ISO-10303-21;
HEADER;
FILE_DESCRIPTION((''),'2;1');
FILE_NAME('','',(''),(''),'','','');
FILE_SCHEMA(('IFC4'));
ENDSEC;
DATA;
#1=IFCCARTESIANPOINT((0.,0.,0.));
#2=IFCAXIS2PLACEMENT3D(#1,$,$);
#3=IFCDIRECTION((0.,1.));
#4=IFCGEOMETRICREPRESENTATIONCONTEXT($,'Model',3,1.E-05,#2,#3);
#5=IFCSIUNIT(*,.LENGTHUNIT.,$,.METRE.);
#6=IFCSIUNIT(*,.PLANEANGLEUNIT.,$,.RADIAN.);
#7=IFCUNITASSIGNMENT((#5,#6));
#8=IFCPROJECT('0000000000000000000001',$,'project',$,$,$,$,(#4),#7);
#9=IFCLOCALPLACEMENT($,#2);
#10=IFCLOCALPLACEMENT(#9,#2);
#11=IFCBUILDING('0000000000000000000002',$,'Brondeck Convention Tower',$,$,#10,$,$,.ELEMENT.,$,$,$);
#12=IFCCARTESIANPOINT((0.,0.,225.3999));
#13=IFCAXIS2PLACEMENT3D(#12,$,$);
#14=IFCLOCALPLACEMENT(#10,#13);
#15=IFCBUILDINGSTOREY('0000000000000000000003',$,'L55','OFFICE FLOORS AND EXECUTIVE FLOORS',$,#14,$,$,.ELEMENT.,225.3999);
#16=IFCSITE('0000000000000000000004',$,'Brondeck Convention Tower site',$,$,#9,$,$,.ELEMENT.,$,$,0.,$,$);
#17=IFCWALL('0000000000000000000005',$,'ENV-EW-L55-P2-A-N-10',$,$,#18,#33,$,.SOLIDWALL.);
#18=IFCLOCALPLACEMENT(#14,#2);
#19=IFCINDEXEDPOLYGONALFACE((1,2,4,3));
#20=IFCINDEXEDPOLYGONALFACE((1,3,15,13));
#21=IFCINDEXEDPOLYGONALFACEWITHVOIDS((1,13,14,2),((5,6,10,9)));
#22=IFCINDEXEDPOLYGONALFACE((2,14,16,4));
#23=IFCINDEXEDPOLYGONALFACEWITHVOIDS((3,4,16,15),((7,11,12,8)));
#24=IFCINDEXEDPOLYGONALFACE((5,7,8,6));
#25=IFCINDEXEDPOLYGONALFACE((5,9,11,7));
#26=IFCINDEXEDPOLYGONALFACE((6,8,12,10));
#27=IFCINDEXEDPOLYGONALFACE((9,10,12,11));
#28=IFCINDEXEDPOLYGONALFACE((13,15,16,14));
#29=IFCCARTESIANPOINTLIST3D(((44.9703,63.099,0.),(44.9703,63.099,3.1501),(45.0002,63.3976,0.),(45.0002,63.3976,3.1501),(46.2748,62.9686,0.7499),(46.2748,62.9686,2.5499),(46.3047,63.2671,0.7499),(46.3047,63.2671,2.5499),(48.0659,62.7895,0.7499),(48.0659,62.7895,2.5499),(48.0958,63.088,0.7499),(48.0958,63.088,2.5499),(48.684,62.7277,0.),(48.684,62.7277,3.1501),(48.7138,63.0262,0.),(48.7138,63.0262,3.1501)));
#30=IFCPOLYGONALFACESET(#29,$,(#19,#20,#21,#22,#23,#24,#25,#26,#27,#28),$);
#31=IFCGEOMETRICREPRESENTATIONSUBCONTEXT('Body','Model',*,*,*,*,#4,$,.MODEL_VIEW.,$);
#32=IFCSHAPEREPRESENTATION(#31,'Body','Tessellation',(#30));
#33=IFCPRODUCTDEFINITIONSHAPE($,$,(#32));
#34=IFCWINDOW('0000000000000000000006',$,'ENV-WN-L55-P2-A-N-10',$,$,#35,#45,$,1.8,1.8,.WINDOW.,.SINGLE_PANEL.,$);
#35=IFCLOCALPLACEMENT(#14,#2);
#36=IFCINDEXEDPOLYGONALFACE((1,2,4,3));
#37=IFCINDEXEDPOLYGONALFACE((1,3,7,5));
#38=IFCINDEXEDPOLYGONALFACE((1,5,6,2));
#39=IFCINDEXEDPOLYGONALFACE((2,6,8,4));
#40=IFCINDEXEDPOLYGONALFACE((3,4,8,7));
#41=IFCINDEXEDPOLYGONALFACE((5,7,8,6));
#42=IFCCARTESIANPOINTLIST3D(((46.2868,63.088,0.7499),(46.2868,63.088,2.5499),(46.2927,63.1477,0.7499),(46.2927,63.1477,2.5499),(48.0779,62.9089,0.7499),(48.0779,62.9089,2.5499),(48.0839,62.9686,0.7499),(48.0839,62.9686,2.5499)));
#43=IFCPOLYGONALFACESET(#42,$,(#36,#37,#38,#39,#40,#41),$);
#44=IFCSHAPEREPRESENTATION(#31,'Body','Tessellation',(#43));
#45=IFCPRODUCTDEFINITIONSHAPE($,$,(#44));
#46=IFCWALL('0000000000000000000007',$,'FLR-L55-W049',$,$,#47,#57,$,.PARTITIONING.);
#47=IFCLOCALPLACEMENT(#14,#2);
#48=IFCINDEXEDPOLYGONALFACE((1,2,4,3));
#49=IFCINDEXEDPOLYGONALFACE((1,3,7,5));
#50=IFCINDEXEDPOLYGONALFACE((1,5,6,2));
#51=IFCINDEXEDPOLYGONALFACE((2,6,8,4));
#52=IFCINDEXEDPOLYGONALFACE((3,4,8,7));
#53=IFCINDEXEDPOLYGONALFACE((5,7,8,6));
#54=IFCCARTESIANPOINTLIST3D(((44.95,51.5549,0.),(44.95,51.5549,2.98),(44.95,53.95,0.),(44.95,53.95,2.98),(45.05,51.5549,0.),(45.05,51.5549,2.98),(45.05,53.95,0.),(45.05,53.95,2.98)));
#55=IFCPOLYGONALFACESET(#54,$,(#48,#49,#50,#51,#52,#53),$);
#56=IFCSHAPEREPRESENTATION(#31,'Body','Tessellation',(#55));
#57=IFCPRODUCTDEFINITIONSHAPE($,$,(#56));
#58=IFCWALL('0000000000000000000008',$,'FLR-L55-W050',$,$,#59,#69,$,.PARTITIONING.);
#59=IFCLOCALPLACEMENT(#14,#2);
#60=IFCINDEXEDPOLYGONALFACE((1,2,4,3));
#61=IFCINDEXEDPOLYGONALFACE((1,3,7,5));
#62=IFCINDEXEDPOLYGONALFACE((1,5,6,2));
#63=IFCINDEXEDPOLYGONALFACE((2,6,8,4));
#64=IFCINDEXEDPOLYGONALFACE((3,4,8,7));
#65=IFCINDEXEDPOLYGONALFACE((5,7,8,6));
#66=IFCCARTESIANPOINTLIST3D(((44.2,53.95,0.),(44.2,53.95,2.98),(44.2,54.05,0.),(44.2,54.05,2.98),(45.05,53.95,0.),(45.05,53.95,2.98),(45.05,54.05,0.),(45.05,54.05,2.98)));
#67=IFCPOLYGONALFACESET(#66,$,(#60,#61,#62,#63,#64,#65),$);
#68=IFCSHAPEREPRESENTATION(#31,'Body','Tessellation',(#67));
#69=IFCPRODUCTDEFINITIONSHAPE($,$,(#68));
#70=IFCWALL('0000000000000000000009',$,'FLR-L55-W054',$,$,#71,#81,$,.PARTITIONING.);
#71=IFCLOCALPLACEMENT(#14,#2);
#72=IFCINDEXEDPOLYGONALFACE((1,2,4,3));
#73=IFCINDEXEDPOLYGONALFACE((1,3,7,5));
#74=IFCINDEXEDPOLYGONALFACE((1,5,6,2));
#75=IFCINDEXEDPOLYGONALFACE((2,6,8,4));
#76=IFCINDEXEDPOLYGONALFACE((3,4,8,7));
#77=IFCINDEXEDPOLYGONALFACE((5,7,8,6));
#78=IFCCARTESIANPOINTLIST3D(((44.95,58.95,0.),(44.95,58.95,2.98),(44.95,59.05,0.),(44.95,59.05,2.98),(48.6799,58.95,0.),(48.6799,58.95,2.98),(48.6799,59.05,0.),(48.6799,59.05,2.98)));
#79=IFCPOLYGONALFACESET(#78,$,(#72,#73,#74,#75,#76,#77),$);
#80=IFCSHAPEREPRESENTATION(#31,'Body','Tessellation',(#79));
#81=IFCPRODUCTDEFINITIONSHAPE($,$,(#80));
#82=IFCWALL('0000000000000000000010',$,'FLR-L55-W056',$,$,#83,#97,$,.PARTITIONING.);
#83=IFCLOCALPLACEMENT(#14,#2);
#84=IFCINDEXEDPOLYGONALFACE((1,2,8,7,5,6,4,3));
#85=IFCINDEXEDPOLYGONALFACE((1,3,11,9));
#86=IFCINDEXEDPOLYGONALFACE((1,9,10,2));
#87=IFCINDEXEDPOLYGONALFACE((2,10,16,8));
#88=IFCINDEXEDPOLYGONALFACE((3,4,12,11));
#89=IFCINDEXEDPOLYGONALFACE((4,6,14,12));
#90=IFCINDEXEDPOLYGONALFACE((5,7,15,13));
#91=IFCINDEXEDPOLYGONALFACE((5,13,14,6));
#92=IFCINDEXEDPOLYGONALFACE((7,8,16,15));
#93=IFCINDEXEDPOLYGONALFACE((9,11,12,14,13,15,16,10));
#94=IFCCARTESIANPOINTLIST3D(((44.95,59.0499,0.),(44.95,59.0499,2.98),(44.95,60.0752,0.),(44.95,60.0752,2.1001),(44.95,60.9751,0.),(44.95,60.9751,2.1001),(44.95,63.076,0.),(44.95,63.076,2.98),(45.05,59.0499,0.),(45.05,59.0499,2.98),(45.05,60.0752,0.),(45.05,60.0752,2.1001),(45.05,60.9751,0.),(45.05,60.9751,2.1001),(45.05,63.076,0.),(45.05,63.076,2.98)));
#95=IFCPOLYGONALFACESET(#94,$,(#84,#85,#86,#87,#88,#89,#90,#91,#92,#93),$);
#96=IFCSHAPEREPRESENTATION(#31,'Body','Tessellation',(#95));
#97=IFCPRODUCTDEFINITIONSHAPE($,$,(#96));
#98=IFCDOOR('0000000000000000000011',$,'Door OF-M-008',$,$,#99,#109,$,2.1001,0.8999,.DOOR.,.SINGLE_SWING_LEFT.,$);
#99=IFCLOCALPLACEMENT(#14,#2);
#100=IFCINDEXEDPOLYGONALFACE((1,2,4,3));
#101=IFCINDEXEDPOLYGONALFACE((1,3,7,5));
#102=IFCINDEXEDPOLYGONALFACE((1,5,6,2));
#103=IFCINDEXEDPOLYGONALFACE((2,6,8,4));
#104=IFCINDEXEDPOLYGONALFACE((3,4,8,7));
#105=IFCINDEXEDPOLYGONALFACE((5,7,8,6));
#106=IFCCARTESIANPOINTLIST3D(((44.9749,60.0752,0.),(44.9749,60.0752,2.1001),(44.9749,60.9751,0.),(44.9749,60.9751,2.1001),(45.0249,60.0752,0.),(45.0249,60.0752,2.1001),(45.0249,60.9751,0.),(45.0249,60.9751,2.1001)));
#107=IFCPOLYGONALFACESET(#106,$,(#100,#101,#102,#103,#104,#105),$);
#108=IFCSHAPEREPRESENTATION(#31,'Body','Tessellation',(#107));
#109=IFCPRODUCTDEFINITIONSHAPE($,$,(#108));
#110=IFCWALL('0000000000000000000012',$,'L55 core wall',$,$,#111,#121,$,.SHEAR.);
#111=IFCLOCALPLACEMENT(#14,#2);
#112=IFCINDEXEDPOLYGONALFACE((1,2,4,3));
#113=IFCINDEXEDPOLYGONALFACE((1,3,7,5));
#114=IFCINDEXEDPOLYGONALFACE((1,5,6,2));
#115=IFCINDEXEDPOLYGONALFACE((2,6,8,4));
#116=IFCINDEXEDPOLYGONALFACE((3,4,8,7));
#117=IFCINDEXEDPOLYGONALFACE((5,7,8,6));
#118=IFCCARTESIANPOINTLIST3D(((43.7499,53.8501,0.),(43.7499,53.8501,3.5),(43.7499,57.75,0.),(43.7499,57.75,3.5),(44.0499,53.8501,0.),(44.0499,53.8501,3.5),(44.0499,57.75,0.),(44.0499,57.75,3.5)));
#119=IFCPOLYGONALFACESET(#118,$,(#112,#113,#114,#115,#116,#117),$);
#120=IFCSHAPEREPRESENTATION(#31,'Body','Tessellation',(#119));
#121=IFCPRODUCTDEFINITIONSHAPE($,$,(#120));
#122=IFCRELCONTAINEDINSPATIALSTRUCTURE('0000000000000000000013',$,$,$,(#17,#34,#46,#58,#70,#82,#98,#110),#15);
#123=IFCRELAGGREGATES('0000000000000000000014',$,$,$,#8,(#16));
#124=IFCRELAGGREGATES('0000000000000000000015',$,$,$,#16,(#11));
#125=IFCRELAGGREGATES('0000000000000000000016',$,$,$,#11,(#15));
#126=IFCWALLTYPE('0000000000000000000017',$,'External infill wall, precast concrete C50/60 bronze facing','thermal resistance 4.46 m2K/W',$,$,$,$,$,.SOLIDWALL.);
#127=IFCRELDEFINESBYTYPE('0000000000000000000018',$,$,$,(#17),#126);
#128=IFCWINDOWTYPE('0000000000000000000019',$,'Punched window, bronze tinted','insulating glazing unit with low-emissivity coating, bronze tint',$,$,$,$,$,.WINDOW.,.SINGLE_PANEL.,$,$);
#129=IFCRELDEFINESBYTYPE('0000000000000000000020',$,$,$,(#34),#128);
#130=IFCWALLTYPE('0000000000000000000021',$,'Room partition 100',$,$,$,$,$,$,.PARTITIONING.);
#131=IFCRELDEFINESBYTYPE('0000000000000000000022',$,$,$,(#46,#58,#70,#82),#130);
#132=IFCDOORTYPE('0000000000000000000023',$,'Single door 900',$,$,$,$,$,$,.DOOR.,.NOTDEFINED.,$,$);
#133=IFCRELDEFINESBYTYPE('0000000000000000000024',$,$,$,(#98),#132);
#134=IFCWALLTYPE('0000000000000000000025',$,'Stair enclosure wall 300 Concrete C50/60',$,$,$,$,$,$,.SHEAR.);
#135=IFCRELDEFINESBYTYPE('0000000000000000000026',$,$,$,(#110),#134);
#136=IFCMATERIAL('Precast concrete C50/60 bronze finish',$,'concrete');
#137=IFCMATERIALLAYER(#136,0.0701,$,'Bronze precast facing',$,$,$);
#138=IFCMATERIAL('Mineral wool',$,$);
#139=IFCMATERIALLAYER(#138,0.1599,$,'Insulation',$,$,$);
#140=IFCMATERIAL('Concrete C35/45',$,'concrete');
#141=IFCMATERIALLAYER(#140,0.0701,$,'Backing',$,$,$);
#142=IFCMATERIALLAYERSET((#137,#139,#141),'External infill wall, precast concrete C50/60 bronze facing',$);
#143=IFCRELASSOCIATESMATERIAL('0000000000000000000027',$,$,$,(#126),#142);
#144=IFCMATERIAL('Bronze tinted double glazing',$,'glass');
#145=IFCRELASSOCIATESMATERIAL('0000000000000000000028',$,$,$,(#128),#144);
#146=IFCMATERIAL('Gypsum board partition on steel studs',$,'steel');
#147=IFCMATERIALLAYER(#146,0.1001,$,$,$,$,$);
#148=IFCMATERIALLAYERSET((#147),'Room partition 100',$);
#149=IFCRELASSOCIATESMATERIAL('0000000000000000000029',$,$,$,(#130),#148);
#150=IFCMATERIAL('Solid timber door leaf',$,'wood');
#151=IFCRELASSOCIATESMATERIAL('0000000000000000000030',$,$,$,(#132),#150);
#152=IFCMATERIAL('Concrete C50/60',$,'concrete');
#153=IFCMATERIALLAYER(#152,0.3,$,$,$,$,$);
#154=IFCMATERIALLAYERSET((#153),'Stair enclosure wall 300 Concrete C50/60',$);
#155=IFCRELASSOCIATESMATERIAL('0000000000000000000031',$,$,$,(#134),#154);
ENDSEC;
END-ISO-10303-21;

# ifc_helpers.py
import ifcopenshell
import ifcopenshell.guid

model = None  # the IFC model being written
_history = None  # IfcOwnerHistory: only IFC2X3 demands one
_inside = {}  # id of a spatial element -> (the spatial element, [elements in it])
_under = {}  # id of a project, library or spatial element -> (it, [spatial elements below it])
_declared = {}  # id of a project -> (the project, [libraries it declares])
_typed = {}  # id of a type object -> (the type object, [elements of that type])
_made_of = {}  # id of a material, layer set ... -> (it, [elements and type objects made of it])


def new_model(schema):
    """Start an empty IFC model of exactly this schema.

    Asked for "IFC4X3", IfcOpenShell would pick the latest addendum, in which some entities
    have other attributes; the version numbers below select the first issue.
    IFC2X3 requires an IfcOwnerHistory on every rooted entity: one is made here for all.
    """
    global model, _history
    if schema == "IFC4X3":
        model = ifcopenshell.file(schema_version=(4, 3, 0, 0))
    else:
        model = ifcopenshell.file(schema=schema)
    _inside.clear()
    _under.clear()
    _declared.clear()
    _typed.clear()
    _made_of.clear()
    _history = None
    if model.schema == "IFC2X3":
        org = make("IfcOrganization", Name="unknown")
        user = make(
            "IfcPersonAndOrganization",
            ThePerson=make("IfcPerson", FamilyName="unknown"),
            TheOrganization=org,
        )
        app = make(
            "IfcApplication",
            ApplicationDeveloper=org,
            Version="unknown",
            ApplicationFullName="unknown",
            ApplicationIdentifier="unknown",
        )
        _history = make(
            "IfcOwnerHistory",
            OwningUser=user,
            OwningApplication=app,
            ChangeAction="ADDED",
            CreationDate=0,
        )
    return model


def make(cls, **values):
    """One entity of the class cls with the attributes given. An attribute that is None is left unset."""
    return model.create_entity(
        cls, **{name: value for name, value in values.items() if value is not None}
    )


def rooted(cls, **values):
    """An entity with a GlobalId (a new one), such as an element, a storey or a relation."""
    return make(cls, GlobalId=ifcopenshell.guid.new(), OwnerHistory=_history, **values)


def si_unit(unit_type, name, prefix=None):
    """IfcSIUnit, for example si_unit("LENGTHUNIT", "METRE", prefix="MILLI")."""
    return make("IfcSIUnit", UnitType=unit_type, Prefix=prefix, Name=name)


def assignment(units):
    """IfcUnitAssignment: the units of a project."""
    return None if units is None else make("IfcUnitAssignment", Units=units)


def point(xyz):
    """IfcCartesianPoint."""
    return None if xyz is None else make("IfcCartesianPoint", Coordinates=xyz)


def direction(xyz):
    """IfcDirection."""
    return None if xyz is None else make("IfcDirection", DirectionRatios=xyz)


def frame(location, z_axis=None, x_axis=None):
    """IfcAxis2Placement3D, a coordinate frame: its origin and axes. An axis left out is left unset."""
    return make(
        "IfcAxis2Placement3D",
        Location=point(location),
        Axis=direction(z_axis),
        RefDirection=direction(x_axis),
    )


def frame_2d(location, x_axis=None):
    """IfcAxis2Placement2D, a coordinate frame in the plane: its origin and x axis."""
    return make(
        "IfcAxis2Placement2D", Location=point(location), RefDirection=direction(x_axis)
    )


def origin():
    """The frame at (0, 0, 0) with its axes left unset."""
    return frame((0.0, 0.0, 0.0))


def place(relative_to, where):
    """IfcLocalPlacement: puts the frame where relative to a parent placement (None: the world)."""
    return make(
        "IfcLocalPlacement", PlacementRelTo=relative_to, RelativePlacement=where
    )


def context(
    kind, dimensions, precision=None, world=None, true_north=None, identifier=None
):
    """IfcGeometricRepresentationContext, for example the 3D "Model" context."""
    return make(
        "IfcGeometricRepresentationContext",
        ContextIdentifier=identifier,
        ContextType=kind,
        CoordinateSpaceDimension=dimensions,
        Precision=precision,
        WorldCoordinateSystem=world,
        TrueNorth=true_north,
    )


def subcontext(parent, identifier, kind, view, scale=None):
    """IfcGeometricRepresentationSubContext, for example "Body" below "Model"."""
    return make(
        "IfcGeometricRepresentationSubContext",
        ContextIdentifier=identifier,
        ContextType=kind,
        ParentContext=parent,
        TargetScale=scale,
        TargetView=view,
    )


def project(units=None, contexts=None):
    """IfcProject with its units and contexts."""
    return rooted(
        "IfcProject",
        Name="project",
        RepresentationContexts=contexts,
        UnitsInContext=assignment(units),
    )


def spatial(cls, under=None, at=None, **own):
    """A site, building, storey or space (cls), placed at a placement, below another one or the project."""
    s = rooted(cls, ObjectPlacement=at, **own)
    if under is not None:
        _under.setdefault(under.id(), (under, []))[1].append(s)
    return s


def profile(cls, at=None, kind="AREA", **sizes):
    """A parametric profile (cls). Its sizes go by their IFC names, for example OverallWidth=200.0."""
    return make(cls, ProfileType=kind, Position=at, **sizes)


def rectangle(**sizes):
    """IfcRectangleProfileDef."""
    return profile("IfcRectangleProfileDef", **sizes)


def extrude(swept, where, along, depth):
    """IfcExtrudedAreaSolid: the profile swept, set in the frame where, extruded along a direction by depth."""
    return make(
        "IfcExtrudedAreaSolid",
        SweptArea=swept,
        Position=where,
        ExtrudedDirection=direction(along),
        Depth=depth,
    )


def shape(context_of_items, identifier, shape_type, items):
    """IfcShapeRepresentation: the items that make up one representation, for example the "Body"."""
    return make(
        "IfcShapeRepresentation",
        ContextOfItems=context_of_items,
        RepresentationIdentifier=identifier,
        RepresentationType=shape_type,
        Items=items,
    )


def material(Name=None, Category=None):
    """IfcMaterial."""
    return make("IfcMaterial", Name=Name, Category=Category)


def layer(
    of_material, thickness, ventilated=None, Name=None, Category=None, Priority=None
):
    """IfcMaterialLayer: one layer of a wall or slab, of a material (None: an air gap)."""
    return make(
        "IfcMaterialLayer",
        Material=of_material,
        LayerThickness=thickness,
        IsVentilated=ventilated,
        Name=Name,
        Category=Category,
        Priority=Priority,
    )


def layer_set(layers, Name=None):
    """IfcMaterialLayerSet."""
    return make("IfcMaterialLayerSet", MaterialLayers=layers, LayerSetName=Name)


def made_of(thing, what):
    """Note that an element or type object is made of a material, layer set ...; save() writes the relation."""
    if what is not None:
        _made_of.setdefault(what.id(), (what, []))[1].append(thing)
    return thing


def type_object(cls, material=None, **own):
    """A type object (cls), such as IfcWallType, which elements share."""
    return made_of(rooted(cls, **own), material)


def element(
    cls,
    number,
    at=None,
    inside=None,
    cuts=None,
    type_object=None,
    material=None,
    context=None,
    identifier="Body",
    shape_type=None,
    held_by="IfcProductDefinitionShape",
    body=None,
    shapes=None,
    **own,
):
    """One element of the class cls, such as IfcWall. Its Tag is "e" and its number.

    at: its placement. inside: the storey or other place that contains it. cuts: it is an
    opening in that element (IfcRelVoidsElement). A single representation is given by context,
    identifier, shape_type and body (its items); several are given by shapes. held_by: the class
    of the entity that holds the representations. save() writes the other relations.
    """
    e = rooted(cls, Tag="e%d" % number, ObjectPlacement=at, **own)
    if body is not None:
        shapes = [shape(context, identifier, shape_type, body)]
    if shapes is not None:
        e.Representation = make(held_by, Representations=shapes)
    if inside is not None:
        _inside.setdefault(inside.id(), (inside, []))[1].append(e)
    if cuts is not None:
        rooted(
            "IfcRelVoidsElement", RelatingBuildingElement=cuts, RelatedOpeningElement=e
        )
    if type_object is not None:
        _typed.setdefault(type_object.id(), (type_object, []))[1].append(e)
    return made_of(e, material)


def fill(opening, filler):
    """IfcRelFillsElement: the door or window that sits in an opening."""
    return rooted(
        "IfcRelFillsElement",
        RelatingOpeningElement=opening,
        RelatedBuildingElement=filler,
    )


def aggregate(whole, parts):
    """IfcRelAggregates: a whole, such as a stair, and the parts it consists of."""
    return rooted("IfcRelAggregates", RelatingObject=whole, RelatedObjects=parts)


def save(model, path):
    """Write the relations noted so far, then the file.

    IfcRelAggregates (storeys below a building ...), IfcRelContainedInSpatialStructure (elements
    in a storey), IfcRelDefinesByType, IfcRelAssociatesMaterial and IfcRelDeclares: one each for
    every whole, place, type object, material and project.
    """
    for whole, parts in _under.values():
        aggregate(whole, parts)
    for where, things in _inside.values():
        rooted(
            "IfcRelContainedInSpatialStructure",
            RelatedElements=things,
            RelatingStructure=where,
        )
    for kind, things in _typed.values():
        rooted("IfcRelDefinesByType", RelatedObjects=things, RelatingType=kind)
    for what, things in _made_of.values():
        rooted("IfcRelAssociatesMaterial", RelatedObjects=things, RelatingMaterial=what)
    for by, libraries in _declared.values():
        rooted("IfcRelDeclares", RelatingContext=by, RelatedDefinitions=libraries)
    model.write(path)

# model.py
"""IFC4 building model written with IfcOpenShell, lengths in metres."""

from ifc_helpers import new_model, si_unit, direction, frame, frame_2d, origin, place, context, subcontext, project, spatial, rectangle, extrude, material, layer, layer_set, type_object, element, fill, save


model = new_model("IFC4")

# Units and contexts
model_context = context("Model", 3, precision=1e-05, world=origin(), true_north=direction((0.0, 1.0)))
body_context = subcontext(model_context, "Body", "Model", "MODEL_VIEW")
ifc_project = project(units=[si_unit("LENGTHUNIT", "METRE"), si_unit("PLANEANGLEUNIT", "RADIAN")], contexts=[model_context])

# Site, building, storey
site_placement = place(None, origin())
site = spatial("IfcSite", under=ifc_project, at=site_placement, Name="Brondeck Convention Tower site", CompositionType="ELEMENT", RefElevation=0.0)
building_placement = place(site_placement, origin())
building = spatial("IfcBuilding", under=site, at=building_placement, Name="Brondeck Convention Tower", CompositionType="ELEMENT")
storey_placement = place(building_placement, frame((0.0, 0.0, 225.3999)))
storey = spatial("IfcBuildingStorey", under=building, at=storey_placement, Name="L55", Description="OFFICE FLOORS AND EXECUTIVE FLOORS", CompositionType="ELEMENT", Elevation=225.3999)

# Shared definitions
ifc_material_1 = material(Name="Concrete C50/60", Category="concrete")

# Shared definitions
ifc_material_2 = material(Name="Precast concrete C50/60 bronze finish", Category="concrete")
ifc_layer_1 = layer(ifc_material_2, 0.0701, Name="Bronze precast facing")
ifc_material_3 = material(Name="Mineral wool")
ifc_layer_2 = layer(ifc_material_3, 0.1599, Name="Insulation")
ifc_material_4 = material(Name="Concrete C35/45", Category="concrete")
ifc_layer_3 = layer(ifc_material_4, 0.0701, Name="Backing")
ifc_layer_set_1 = layer_set([ifc_layer_1, ifc_layer_2, ifc_layer_3], Name="External infill wall, precast concrete C50/60 bronze facing")
wall_type_1 = type_object("IfcWallType", Name="External infill wall, precast concrete C50/60 bronze facing", Description="thermal resistance 4.46 m2K/W", PredefinedType="SOLIDWALL", material=ifc_layer_set_1)
ifc_material_5 = material(Name="Bronze tinted double glazing", Category="glass")
window_type_1 = type_object("IfcWindowType", Name="Punched window, bronze tinted", Description="insulating glazing unit with low-emissivity coating, bronze tint", PartitioningType="SINGLE_PANEL", PredefinedType="WINDOW", material=ifc_material_5)

# Wall, opening, window
wall_1_placement = place(storey_placement, frame((44.9851, 63.2483, 0.0), z_axis=(0.0, 0.0, 1.0), x_axis=(0.995038, -0.099497, 0.0)))
wall_1 = element("IfcWall", 1, at=wall_1_placement, inside=storey, type_object=wall_type_1, Name="ENV-EW-L55-P2-A-N-10", PredefinedType="SOLIDWALL", context=body_context, shape_type="SweptSolid", body=[
    extrude(rectangle(XDim=3.7322, YDim=0.3, at=frame_2d((1.8662, 0.0))), origin(), (0.0, 0.0, 1.0), 3.1501),
])
opening_1_placement = place(wall_1_placement, frame((1.3113, 0.0, 0.75)))
opening_1 = element("IfcOpeningElement", 2, at=opening_1_placement, cuts=wall_1, PredefinedType="OPENING", context=body_context, shape_type="SweptSolid", body=[
    extrude(rectangle(XDim=1.8, YDim=1.8, at=frame_2d((0.8999, 0.8999))), frame((0.0, 0.1599, 0.0), z_axis=(0.0, -1.0, 0.0), x_axis=(1.0, 0.0, 0.0)), (0.0, 0.0, 1.0), 0.3201),
])
window_1_placement = place(opening_1_placement, origin())
window_1 = element("IfcWindow", 3, at=window_1_placement, inside=storey, type_object=window_type_1, Name="ENV-WN-L55-P2-A-N-10", OverallHeight=1.8, OverallWidth=1.8, PartitioningType="SINGLE_PANEL", PredefinedType="WINDOW", context=body_context, shape_type="SweptSolid", body=[
    extrude(rectangle(XDim=1.8, YDim=1.8, at=frame_2d((0.8999, 0.8999))), frame((0.0, 0.03, 0.0), z_axis=(0.0, -1.0, 0.0), x_axis=(1.0, 0.0, 0.0)), (0.0, 0.0, 1.0), 0.0601),
])
fill(opening_1, window_1)

# Walls
ifc_material_6 = material(Name="Gypsum board partition on steel studs", Category="steel")
ifc_layer_4 = layer(ifc_material_6, 0.1001)
ifc_layer_set_2 = layer_set([ifc_layer_4], Name="Room partition 100")
wall_type_2 = type_object("IfcWallType", Name="Room partition 100", PredefinedType="PARTITIONING", material=ifc_layer_set_2)
wall_2_placement = place(storey_placement, frame((45.0, 53.95, 0.0), z_axis=(0.0, 0.0, 1.0), x_axis=(0.0, -1.0, 0.0)))
element("IfcWall", 4, at=wall_2_placement, inside=storey, type_object=wall_type_2, Name="FLR-L55-W049", PredefinedType="PARTITIONING", context=body_context, shape_type="SweptSolid", body=[
    extrude(rectangle(XDim=2.395, YDim=0.1001, at=frame_2d((1.1975, 0.0))), origin(), (0.0, 0.0, 1.0), 2.98),
])
wall_3_placement = place(storey_placement, frame((44.2, 54.0, 0.0), z_axis=(0.0, 0.0, 1.0), x_axis=(1.0, 0.0, 0.0)))
element("IfcWall", 5, at=wall_3_placement, inside=storey, type_object=wall_type_2, Name="FLR-L55-W050", PredefinedType="PARTITIONING", context=body_context, shape_type="SweptSolid", body=[
    extrude(rectangle(XDim=0.8501, YDim=0.1001, at=frame_2d((0.425, 0.0))), origin(), (0.0, 0.0, 1.0), 2.98),
])
wall_4_placement = place(storey_placement, frame((44.95, 59.0, 0.0), z_axis=(0.0, 0.0, 1.0), x_axis=(1.0, 0.0, 0.0)))
element("IfcWall", 6, at=wall_4_placement, inside=storey, type_object=wall_type_2, Name="FLR-L55-W054", PredefinedType="PARTITIONING", context=body_context, shape_type="SweptSolid", body=[
    extrude(rectangle(XDim=3.73, YDim=0.1001, at=frame_2d((1.865, 0.0))), origin(), (0.0, 0.0, 1.0), 2.98),
])

# Wall, opening, door
wall_5_placement = place(storey_placement, frame((45.0, 63.0762, 0.0), z_axis=(0.0, 0.0, 1.0), x_axis=(0.0, -1.0, 0.0)))
wall_5 = element("IfcWall", 7, at=wall_5_placement, inside=storey, type_object=wall_type_2, Name="FLR-L55-W056", PredefinedType="PARTITIONING", context=body_context, shape_type="SweptSolid", body=[
    extrude(rectangle(XDim=4.0261, YDim=0.1001, at=frame_2d((2.0132, 0.0))), origin(), (0.0, 0.0, 1.0), 2.98),
])
opening_2_placement = place(wall_5_placement, frame((2.1011, 0.0, 0.0)))
opening_2 = element("IfcOpeningElement", 8, at=opening_2_placement, cuts=wall_5, PredefinedType="OPENING", context=body_context, shape_type="SweptSolid", body=[
    extrude(rectangle(XDim=0.8999, YDim=2.1001, at=frame_2d((0.45, 1.05))), frame((0.0, 0.0601, 0.0), z_axis=(0.0, -1.0, 0.0), x_axis=(1.0, 0.0, 0.0)), (0.0, 0.0, 1.0), 0.1201),
])
ifc_material_7 = material(Name="Solid timber door leaf", Category="wood")
door_type = type_object("IfcDoorType", Name="Single door 900", OperationType="NOTDEFINED", PredefinedType="DOOR", material=ifc_material_7)
door_placement = place(opening_2_placement, origin())
door = element("IfcDoor", 9, at=door_placement, inside=storey, type_object=door_type, Name="Door OF-M-008", OperationType="SINGLE_SWING_LEFT", OverallHeight=2.1001, OverallWidth=0.8999, PredefinedType="DOOR", context=body_context, shape_type="SweptSolid", body=[
    extrude(rectangle(XDim=0.8999, YDim=2.1001, at=frame_2d((0.45, 1.05))), frame((0.0, 0.0249, 0.0), z_axis=(0.0, -1.0, 0.0), x_axis=(1.0, 0.0, 0.0)), (0.0, 0.0, 1.0), 0.05),
])
fill(opening_2, door)

# Wall
ifc_layer_5 = layer(ifc_material_1, 0.3)
ifc_layer_set_3 = layer_set([ifc_layer_5], Name="Stair enclosure wall 300 Concrete C50/60")
wall_type_3 = type_object("IfcWallType", Name="Stair enclosure wall 300 Concrete C50/60", PredefinedType="SHEAR", material=ifc_layer_set_3)
wall_6_placement = place(storey_placement, frame((43.8999, 53.8501, 0.0), z_axis=(0.0, 0.0, 1.0), x_axis=(0.0, 1.0, 0.0)))
element("IfcWall", 10, at=wall_6_placement, inside=storey, type_object=wall_type_3, Name="L55 core wall", PredefinedType="SHEAR", context=body_context, shape_type="SweptSolid", body=[
    extrude(rectangle(XDim=3.8999, YDim=0.3, at=frame_2d((1.95, 0.0))), origin(), (0.0, 0.0, 1.0), 3.5),
])

save(model, "model.ifc")
